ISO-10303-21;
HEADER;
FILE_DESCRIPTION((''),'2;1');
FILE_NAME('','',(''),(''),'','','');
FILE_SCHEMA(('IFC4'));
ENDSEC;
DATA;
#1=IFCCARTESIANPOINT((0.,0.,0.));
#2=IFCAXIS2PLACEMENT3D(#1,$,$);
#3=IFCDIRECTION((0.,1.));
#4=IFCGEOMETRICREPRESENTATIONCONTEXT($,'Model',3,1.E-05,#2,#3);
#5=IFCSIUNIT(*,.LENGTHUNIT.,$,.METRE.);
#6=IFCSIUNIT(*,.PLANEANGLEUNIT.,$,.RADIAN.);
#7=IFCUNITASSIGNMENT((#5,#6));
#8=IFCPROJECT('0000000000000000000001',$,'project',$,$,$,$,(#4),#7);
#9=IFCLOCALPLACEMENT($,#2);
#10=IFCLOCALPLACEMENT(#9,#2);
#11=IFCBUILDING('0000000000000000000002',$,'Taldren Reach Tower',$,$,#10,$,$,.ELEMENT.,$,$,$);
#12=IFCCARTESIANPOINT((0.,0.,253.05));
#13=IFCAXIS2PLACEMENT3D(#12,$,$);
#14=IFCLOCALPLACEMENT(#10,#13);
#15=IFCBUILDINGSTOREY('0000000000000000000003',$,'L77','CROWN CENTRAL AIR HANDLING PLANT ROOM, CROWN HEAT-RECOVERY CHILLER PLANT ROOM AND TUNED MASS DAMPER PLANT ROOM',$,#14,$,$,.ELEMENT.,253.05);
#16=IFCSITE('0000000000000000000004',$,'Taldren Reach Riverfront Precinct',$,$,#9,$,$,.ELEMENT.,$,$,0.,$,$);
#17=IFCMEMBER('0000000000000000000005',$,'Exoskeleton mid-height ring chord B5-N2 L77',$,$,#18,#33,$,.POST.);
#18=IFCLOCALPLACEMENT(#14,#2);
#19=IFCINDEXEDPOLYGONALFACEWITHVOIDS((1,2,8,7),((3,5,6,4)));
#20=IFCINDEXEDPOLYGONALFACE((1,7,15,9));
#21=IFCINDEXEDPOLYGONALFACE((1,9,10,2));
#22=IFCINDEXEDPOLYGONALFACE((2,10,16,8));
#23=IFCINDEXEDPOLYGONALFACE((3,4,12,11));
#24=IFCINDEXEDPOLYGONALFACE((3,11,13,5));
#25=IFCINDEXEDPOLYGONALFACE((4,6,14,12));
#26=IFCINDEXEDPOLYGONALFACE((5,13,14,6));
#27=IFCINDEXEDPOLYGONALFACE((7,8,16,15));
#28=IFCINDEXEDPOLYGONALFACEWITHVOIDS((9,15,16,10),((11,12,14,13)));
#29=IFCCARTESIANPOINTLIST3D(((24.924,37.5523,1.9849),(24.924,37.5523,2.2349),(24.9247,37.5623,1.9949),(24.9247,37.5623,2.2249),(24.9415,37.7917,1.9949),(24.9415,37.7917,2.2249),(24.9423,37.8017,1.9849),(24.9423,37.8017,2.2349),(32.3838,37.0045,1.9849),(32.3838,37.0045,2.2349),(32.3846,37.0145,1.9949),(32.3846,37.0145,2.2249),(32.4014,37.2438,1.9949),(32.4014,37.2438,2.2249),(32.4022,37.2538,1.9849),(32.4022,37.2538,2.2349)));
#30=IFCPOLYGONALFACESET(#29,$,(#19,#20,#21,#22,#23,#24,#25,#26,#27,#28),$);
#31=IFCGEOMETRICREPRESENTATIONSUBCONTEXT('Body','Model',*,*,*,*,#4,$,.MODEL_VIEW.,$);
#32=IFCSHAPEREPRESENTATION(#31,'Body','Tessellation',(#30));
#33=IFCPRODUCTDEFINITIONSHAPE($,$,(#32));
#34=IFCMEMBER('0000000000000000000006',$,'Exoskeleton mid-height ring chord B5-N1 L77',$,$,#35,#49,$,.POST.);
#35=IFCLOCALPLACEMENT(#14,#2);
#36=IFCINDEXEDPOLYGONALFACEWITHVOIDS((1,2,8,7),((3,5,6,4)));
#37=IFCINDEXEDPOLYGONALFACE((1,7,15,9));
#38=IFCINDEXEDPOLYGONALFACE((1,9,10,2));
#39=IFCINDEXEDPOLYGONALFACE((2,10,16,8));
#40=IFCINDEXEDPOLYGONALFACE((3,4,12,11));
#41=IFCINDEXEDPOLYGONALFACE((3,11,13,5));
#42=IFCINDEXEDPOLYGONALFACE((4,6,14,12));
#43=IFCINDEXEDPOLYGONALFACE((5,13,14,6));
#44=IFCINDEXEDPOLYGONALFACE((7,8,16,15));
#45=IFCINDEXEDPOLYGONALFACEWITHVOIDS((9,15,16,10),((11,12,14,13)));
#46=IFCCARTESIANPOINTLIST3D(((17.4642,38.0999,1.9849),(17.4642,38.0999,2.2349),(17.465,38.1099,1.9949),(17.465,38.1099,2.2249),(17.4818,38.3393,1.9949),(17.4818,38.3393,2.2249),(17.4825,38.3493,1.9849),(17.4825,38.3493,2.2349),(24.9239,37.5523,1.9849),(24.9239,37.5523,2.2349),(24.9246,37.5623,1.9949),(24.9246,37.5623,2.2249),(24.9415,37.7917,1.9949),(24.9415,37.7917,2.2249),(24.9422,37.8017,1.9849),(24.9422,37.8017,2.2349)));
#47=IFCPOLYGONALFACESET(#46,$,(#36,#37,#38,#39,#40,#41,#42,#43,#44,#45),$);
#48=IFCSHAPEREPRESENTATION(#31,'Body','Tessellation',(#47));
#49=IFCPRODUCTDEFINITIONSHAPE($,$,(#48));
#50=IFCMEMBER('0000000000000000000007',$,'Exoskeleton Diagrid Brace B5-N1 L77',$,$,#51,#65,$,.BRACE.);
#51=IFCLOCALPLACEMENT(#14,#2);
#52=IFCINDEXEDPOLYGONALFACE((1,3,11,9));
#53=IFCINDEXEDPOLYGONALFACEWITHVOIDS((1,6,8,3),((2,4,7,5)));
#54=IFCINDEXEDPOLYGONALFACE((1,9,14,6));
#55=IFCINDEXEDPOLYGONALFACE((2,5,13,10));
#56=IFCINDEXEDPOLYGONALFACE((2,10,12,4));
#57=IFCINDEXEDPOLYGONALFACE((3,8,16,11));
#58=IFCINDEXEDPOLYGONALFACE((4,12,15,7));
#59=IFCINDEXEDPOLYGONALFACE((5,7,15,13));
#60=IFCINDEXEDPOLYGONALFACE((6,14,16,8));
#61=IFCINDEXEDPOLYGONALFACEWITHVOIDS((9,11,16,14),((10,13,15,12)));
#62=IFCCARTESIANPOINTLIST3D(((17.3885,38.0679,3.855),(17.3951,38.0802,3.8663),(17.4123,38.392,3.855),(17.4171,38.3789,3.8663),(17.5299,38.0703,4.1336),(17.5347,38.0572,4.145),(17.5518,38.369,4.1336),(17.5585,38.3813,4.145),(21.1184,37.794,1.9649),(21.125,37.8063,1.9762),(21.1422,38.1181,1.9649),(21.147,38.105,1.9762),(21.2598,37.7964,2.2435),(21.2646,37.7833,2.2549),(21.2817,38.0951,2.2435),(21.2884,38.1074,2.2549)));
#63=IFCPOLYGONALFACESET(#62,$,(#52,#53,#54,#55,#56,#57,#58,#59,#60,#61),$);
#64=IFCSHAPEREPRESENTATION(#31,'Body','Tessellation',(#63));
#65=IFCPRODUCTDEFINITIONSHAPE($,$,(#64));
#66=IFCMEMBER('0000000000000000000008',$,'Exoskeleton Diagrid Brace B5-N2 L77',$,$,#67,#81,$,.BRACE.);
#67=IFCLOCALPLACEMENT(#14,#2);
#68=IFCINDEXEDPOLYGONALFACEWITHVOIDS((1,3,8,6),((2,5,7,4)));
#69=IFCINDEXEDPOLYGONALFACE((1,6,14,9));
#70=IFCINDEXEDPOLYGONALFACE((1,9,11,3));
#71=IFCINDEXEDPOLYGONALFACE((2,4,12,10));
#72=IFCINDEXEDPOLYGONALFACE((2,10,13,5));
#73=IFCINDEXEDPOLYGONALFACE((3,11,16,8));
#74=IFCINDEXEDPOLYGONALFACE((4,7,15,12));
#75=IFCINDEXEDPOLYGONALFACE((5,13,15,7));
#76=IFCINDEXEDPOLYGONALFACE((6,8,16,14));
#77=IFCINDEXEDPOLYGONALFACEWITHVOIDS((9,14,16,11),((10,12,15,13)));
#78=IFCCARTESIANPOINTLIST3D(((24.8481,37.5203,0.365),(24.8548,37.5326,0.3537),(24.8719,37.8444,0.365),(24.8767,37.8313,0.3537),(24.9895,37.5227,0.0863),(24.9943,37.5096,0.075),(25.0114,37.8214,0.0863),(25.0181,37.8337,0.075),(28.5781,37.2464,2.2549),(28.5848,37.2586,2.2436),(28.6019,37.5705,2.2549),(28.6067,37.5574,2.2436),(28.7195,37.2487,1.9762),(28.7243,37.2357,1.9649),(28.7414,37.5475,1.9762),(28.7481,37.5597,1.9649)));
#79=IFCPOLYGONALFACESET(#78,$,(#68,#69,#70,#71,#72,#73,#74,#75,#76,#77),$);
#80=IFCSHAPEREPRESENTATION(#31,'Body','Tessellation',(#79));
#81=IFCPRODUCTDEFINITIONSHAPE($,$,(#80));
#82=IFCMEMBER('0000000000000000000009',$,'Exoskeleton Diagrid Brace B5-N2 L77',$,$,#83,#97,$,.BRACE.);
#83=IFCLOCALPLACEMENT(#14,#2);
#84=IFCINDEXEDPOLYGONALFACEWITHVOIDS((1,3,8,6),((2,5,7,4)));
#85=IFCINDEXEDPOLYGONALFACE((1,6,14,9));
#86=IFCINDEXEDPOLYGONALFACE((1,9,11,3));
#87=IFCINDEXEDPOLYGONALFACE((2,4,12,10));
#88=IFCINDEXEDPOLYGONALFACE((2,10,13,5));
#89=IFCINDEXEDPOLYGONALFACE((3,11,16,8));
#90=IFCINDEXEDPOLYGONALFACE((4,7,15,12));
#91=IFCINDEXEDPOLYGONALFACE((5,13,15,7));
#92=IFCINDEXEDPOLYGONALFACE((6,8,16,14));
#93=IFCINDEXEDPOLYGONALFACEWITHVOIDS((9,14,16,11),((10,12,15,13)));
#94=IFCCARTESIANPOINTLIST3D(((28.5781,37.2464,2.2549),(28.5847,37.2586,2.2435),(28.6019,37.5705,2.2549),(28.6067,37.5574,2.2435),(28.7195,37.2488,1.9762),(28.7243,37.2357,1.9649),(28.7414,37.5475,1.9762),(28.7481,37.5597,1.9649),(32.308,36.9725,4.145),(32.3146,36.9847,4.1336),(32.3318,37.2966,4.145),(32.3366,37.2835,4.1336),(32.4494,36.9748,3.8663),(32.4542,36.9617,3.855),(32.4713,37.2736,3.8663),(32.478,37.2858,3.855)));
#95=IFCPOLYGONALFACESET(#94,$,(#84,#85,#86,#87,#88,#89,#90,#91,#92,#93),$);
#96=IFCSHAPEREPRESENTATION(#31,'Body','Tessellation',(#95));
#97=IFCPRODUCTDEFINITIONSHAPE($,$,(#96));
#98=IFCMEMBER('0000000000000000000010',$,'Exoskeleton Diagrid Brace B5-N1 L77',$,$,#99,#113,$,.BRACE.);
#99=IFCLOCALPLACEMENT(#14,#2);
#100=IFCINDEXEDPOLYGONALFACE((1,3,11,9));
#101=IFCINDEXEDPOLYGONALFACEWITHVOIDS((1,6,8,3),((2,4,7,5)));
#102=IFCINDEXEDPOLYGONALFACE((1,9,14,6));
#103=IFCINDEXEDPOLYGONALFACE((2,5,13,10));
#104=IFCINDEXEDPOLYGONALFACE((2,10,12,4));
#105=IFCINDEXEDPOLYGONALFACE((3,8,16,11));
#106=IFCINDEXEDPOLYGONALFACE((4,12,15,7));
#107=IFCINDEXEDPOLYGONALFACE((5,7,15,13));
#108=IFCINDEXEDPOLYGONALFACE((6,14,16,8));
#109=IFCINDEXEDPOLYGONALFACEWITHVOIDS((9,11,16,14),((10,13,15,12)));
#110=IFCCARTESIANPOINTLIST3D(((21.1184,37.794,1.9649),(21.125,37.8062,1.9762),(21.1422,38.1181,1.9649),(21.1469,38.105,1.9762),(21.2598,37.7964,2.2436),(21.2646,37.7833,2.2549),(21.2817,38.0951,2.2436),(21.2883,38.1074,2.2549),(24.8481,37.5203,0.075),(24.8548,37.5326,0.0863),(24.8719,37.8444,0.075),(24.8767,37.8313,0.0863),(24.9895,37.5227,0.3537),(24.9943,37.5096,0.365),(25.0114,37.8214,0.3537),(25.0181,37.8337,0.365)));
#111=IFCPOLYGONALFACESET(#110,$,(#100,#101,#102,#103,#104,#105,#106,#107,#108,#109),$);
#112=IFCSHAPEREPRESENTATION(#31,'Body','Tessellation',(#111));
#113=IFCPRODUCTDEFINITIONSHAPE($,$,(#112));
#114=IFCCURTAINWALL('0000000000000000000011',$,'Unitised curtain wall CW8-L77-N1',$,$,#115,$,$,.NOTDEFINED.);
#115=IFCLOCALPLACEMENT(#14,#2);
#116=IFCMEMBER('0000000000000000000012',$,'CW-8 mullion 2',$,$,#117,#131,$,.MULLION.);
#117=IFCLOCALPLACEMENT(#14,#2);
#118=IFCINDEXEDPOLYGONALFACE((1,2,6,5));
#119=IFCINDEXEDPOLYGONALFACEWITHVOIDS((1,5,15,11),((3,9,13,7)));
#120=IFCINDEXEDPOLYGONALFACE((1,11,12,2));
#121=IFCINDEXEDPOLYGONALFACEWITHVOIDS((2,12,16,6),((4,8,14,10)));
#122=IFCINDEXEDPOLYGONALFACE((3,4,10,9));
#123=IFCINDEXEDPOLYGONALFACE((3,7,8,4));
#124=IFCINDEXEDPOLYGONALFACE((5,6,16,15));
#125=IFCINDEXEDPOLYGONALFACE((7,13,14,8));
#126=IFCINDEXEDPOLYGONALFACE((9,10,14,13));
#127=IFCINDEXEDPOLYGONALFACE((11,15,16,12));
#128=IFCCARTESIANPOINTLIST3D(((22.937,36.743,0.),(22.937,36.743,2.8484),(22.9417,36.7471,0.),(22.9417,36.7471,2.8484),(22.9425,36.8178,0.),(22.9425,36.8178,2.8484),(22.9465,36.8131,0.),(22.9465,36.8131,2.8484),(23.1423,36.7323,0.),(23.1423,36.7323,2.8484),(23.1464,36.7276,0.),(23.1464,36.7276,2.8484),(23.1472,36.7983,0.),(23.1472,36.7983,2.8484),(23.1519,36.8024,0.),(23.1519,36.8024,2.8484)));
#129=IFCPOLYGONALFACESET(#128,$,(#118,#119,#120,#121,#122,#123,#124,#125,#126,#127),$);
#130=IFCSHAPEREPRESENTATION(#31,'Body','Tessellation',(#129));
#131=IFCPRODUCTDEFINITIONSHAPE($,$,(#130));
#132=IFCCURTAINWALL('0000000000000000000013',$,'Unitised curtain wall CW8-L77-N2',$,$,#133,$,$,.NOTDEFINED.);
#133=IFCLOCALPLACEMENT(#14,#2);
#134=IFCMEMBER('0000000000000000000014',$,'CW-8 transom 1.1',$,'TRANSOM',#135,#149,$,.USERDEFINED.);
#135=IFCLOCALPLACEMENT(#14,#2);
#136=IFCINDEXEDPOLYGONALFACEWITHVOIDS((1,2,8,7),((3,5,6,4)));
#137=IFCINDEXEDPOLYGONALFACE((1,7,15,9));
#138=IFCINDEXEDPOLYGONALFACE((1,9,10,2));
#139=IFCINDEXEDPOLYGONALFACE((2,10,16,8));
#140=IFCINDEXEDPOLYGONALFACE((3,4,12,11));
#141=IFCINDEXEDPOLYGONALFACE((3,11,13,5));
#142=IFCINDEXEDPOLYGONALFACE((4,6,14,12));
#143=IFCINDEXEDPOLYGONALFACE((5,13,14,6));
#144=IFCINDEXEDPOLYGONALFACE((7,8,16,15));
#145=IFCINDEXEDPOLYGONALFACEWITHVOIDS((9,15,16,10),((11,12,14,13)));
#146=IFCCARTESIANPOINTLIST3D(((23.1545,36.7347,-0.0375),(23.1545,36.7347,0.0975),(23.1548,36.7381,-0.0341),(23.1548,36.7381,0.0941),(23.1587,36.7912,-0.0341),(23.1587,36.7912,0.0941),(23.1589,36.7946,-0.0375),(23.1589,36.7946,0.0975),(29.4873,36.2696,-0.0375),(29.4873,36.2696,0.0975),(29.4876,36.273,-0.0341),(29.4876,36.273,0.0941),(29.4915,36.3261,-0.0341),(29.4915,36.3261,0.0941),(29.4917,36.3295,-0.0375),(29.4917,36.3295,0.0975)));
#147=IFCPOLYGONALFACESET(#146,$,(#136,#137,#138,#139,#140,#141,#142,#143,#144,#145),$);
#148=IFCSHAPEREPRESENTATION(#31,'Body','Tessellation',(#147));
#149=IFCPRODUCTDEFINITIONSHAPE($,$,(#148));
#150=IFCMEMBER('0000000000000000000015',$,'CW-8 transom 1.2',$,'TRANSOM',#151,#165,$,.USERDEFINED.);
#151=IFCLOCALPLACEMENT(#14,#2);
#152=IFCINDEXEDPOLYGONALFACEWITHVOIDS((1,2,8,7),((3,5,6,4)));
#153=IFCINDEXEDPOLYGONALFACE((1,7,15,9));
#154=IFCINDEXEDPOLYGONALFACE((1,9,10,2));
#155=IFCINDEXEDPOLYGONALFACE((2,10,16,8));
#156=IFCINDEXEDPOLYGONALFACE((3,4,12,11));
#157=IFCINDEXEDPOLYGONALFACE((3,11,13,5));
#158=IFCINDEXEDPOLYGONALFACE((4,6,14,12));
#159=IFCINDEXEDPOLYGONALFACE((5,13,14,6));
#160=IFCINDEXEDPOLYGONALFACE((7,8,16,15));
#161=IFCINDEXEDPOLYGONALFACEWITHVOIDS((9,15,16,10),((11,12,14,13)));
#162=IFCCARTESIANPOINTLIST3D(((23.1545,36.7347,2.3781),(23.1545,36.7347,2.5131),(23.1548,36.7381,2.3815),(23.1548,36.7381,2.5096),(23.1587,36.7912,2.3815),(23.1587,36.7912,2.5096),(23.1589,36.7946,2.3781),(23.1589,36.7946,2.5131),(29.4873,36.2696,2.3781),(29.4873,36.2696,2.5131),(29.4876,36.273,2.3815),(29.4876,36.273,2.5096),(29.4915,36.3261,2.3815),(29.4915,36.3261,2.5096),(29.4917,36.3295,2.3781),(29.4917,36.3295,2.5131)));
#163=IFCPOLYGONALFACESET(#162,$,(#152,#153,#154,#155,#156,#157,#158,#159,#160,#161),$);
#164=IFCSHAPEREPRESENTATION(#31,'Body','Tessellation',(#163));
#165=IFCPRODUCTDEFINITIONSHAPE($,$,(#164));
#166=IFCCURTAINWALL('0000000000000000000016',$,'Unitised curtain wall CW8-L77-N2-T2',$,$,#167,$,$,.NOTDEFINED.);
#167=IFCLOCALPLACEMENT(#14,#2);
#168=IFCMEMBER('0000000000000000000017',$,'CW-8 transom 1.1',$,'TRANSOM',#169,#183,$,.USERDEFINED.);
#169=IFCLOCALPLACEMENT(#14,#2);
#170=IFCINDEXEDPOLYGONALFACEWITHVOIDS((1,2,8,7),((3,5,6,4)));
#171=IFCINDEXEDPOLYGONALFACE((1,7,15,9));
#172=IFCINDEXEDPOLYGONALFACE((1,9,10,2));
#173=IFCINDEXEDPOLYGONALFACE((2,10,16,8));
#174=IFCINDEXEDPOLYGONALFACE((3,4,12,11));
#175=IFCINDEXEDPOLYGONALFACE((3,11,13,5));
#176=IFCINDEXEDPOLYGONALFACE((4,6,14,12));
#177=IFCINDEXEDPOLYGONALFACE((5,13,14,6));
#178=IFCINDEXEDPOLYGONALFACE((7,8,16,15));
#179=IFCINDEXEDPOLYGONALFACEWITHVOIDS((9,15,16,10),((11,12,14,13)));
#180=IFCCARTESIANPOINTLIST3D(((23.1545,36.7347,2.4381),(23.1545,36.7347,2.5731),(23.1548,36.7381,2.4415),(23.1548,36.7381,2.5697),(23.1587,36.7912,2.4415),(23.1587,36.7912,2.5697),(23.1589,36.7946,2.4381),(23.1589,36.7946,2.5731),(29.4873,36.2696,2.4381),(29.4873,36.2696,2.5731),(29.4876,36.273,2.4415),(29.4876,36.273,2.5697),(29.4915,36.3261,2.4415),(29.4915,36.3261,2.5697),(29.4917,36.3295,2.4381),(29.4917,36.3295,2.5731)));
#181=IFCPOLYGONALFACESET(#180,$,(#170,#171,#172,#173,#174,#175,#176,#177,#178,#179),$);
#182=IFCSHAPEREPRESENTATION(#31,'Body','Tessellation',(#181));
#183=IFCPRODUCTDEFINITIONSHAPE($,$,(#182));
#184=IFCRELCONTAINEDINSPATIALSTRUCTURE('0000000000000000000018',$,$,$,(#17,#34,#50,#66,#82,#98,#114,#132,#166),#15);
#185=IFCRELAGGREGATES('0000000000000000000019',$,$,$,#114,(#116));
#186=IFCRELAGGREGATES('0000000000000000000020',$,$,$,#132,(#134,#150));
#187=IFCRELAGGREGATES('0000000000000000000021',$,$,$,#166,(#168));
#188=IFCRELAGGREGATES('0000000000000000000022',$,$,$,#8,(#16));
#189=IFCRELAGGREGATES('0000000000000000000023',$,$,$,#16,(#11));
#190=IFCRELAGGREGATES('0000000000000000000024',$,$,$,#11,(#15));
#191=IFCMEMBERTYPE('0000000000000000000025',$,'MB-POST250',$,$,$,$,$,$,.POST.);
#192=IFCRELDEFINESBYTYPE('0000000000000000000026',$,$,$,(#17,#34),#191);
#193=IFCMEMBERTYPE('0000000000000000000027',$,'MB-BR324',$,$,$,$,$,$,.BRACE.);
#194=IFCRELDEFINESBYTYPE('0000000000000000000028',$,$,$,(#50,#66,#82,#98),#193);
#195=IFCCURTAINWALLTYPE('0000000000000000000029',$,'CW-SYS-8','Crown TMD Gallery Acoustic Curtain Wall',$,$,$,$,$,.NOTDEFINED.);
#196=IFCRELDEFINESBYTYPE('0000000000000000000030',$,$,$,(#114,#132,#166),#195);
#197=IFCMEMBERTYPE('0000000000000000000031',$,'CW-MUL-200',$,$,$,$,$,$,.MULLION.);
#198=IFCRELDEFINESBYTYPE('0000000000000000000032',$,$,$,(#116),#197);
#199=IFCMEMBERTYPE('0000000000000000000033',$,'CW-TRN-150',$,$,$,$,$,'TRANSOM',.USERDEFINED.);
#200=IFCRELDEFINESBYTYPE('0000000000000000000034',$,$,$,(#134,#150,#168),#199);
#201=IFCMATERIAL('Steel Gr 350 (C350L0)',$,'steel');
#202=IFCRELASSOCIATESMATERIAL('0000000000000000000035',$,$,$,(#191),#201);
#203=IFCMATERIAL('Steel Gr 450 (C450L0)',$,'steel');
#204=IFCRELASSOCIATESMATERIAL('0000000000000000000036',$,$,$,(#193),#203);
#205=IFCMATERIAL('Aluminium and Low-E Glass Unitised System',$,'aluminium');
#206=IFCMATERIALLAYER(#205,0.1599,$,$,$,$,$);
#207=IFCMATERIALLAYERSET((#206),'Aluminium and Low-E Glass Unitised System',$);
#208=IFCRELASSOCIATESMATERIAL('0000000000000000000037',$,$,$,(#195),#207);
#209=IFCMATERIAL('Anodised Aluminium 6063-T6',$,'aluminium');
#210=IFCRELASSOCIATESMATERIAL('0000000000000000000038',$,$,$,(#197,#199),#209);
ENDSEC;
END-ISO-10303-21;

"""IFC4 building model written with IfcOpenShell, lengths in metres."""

from ifc_helpers import new_model, si_unit, direction, frame, origin, origin_2d, place, context, subcontext, project, spatial, hollow_rectangle, extrude, source, transform, mapped, material, layer, layer_set, material_profile, profile_set, type_object, element, aggregate, save


model = new_model("IFC4")

# Units and contexts
model_context = context("Model", 3, precision=1e-05, world=origin(), true_north=direction((0.0, 1.0)))
body_context = subcontext(model_context, "Body", "Model", "MODEL_VIEW")
ifc_project = project(units=[si_unit("LENGTHUNIT", "METRE"), si_unit("PLANEANGLEUNIT", "RADIAN")], contexts=[model_context])

# Site, building, storey
site_placement = place(None, origin())
site = spatial("IfcSite", under=ifc_project, at=site_placement, Name="Taldren Reach Riverfront Precinct", CompositionType="ELEMENT", RefElevation=0.0)
building_placement = place(site_placement, origin())
building = spatial("IfcBuilding", under=site, at=building_placement, Name="Taldren Reach Tower", CompositionType="ELEMENT")
storey_placement = place(building_placement, frame((0.0, 0.0, 253.05)))
storey = spatial("IfcBuildingStorey", under=building, at=storey_placement, Name="L77", Description="CROWN CENTRAL AIR HANDLING PLANT ROOM, CROWN HEAT-RECOVERY CHILLER PLANT ROOM AND TUNED MASS DAMPER PLANT ROOM", CompositionType="ELEMENT", Elevation=253.05)

# Members
ifc_material_1 = material(Name="Steel Gr 350 (C350L0)", Category="steel")
ifc_material_profile_1 = material_profile(ifc_material_1, hollow_rectangle(XDim=0.25, YDim=0.25, WallThickness=0.01, at=origin_2d()), Name="250x250x10.0SHS")
ifc_profile_set_1 = profile_set([ifc_material_profile_1], Name="Steel Gr 350 (C350L0)")
member_type_1 = type_object("IfcMemberType", Name="MB-POST250", PredefinedType="POST", material=ifc_profile_set_1)
shared_shape_1 = source(origin(), body_context, "Body", "SweptSolid", [
    extrude(hollow_rectangle(XDim=0.25, YDim=0.25, WallThickness=0.01, at=origin_2d()), origin(), (0.0, 0.0, 1.0), 7.48),
])
member_1_placement = place(storey_placement, frame((24.9331, 37.677, 2.1099), z_axis=(0.997314, -0.073242, 0.0), x_axis=(0.073242, 0.997314, 0.0)))
element("IfcMember", 1, at=member_1_placement, inside=storey, type_object=member_type_1, Name="Exoskeleton mid-height ring chord B5-N2 L77", PredefinedType="POST", context=body_context, shape_type="MappedRepresentation", body=[
    mapped(shared_shape_1, transform((0.0, 0.0, 0.0), scale=1.0)),
])
shared_shape_2 = source(origin(), body_context, "Body", "SweptSolid", [
    extrude(hollow_rectangle(XDim=0.25, YDim=0.25, WallThickness=0.01, at=origin_2d()), origin(), (0.0, 0.0, 1.0), 7.4797),
])
member_2_placement = place(storey_placement, frame((17.4734, 38.2246, 2.1099), z_axis=(0.997316, -0.073212, 0.0), x_axis=(0.073212, 0.997316, 0.0)))
element("IfcMember", 2, at=member_2_placement, inside=storey, type_object=member_type_1, Name="Exoskeleton mid-height ring chord B5-N1 L77", PredefinedType="POST", context=body_context, shape_type="MappedRepresentation", body=[
    mapped(shared_shape_2, transform((0.0, 0.0, 0.0), scale=1.0)),
])
ifc_material_2 = material(Name="Steel Gr 450 (C450L0)", Category="steel")
ifc_material_profile_2 = material_profile(ifc_material_2, hollow_rectangle(XDim=0.325, YDim=0.325, WallThickness=0.0127, at=origin_2d()), Name="325x325x12.7SHS")
ifc_profile_set_2 = profile_set([ifc_material_profile_2], Name="Steel Gr 450 (C450L0)")
member_type_2 = type_object("IfcMemberType", Name="MB-BR324", PredefinedType="BRACE", material=ifc_profile_set_2)
shared_shape_3 = source(origin(), body_context, "Body", "SweptSolid", [
    extrude(hollow_rectangle(XDim=0.325, YDim=0.325, WallThickness=0.0127, at=origin_2d()), origin(), (0.0, 0.0, 1.0), 4.1904),
])
for number, where, z_axis, x_axis, name in (
    (3, (21.2034, 37.9507, 2.1099), (-0.890101, 0.065368, 0.451051), (-0.073242, -0.997314, 0.0), "Exoskeleton Diagrid Brace B5-N1 L77"),
    (4, (24.9331, 37.677, 0.22), (0.890124, -0.06537, 0.451005), (0.073242, 0.997314, 0.0), "Exoskeleton Diagrid Brace B5-N2 L77"),
    (5, (28.6631, 37.4031, 2.1099), (0.890101, -0.065368, 0.451051), (0.073242, 0.997314, 0.0), "Exoskeleton Diagrid Brace B5-N2 L77"),
):
    element("IfcMember", number, at=place(storey_placement, frame(where, z_axis=z_axis, x_axis=x_axis)), inside=storey, type_object=member_type_2, Name=name, PredefinedType="BRACE", context=body_context, shape_type="MappedRepresentation", body=[
        mapped(shared_shape_3, transform((0.0, 0.0, 0.0), scale=1.0)),
    ])
shared_shape_4 = source(origin(), body_context, "Body", "SweptSolid", [
    extrude(hollow_rectangle(XDim=0.325, YDim=0.325, WallThickness=0.0127, at=origin_2d()), origin(), (0.0, 0.0, 1.0), 4.1902),
])
member_3_placement = place(storey_placement, frame((24.9331, 37.677, 0.22), z_axis=(-0.890116, 0.065315, 0.45103), x_axis=(-0.073182, -0.997319, 0.0)))
element("IfcMember", 6, at=member_3_placement, inside=storey, type_object=member_type_2, Name="Exoskeleton Diagrid Brace B5-N1 L77", PredefinedType="BRACE", context=body_context, shape_type="MappedRepresentation", body=[
    mapped(shared_shape_4, transform((0.0, 0.0, 0.0), scale=1.0)),
])

# Curtain wall, member
ifc_material_3 = material(Name="Aluminium and Low-E Glass Unitised System", Category="aluminium")
ifc_layer_1 = layer(ifc_material_3, 0.1599)
ifc_layer_set_1 = layer_set([ifc_layer_1], Name="Aluminium and Low-E Glass Unitised System")
curtain_wall_type = type_object("IfcCurtainWallType", Name="CW-SYS-8", Description="Crown TMD Gallery Acoustic Curtain Wall", PredefinedType="NOTDEFINED", material=ifc_layer_set_1)
curtain_wall_1_placement = place(storey_placement, origin())
curtain_wall_1 = element("IfcCurtainWall", 7, at=curtain_wall_1_placement, inside=storey, type_object=curtain_wall_type, Name="Unitised curtain wall CW8-L77-N1", PredefinedType="NOTDEFINED")
ifc_material_4 = material(Name="Anodised Aluminium 6063-T6", Category="aluminium")
ifc_material_profile_3 = material_profile(ifc_material_4, hollow_rectangle(XDim=0.075, YDim=0.21, WallThickness=0.0044, at=origin_2d()), Name="ALU-210x75x4.5RHS")
ifc_profile_set_3 = profile_set([ifc_material_profile_3], Name="Anodised Aluminium 6063-T6")
member_type_3 = type_object("IfcMemberType", Name="CW-MUL-200", PredefinedType="MULLION", material=ifc_profile_set_3)
shared_shape_5 = source(origin(), body_context, "Body", "SweptSolid", [
    extrude(hollow_rectangle(XDim=0.075, YDim=0.21, WallThickness=0.0044, at=origin_2d()), origin(), (0.0, 0.0, 1.0), 2.8484),
])
member_4_placement = place(storey_placement, frame((23.0444, 36.7727, 0.0), z_axis=(0.0, 0.0, 1.0), x_axis=(0.073239, 0.997314, 0.0)))
member_4 = element("IfcMember", 8, at=member_4_placement, type_object=member_type_3, Name="CW-8 mullion 2", PredefinedType="MULLION", context=body_context, shape_type="MappedRepresentation", body=[
    mapped(shared_shape_5, transform((0.0, 0.0, 0.0), scale=1.0)),
])

# Curtain walls, members
curtain_wall_2_placement = place(storey_placement, origin())
curtain_wall_2 = element("IfcCurtainWall", 9, at=curtain_wall_2_placement, inside=storey, type_object=curtain_wall_type, Name="Unitised curtain wall CW8-L77-N2", PredefinedType="NOTDEFINED")
ifc_material_profile_4 = material_profile(ifc_material_4, hollow_rectangle(XDim=0.0601, YDim=0.135, WallThickness=0.0034, at=origin_2d()), Name="ALU-135x60x3.5RHS")
ifc_profile_set_4 = profile_set([ifc_material_profile_4], Name="Anodised Aluminium 6063-T6")
member_type_4 = type_object("IfcMemberType", Name="CW-TRN-150", ElementType="TRANSOM", PredefinedType="USERDEFINED", material=ifc_profile_set_4)
shared_shape_6 = source(origin(), body_context, "Body", "SweptSolid", [
    extrude(hollow_rectangle(XDim=0.0601, YDim=0.135, WallThickness=0.0034, at=origin_2d()), origin(), (0.0, 0.0, 1.0), 6.3499),
])
member_5_placement = place(storey_placement, frame((23.1567, 36.7646, 0.03), z_axis=(0.997314, -0.073244, 0.0), x_axis=(0.073244, 0.997314, 0.0)))
member_5 = element("IfcMember", 10, at=member_5_placement, type_object=member_type_4, Name="CW-8 transom 1.1", ObjectType="TRANSOM", PredefinedType="USERDEFINED", context=body_context, shape_type="MappedRepresentation", body=[
    mapped(shared_shape_6, transform((0.0, 0.0, 0.0), scale=1.0)),
])
member_6_placement = place(storey_placement, frame((23.1567, 36.7646, 2.4456), z_axis=(0.997314, -0.073244, 0.0), x_axis=(0.073244, 0.997314, 0.0)))
member_6 = element("IfcMember", 11, at=member_6_placement, type_object=member_type_4, Name="CW-8 transom 1.2", ObjectType="TRANSOM", PredefinedType="USERDEFINED", context=body_context, shape_type="MappedRepresentation", body=[
    mapped(shared_shape_6, transform((0.0, 0.0, 0.0), scale=1.0)),
])
curtain_wall_3_placement = place(storey_placement, origin())
curtain_wall_3 = element("IfcCurtainWall", 12, at=curtain_wall_3_placement, inside=storey, type_object=curtain_wall_type, Name="Unitised curtain wall CW8-L77-N2-T2", PredefinedType="NOTDEFINED")
member_7_placement = place(storey_placement, frame((23.1567, 36.7646, 2.5056), z_axis=(0.997314, -0.073244, 0.0), x_axis=(0.073244, 0.997314, 0.0)))
member_7 = element("IfcMember", 13, at=member_7_placement, type_object=member_type_4, Name="CW-8 transom 1.1", ObjectType="TRANSOM", PredefinedType="USERDEFINED", context=body_context, shape_type="MappedRepresentation", body=[
    mapped(shared_shape_6, transform((0.0, 0.0, 0.0), scale=1.0)),
])

aggregate(curtain_wall_1, [member_4])
aggregate(curtain_wall_2, [member_5, member_6])
aggregate(curtain_wall_3, [member_7])

save(model, "model.ifc")
